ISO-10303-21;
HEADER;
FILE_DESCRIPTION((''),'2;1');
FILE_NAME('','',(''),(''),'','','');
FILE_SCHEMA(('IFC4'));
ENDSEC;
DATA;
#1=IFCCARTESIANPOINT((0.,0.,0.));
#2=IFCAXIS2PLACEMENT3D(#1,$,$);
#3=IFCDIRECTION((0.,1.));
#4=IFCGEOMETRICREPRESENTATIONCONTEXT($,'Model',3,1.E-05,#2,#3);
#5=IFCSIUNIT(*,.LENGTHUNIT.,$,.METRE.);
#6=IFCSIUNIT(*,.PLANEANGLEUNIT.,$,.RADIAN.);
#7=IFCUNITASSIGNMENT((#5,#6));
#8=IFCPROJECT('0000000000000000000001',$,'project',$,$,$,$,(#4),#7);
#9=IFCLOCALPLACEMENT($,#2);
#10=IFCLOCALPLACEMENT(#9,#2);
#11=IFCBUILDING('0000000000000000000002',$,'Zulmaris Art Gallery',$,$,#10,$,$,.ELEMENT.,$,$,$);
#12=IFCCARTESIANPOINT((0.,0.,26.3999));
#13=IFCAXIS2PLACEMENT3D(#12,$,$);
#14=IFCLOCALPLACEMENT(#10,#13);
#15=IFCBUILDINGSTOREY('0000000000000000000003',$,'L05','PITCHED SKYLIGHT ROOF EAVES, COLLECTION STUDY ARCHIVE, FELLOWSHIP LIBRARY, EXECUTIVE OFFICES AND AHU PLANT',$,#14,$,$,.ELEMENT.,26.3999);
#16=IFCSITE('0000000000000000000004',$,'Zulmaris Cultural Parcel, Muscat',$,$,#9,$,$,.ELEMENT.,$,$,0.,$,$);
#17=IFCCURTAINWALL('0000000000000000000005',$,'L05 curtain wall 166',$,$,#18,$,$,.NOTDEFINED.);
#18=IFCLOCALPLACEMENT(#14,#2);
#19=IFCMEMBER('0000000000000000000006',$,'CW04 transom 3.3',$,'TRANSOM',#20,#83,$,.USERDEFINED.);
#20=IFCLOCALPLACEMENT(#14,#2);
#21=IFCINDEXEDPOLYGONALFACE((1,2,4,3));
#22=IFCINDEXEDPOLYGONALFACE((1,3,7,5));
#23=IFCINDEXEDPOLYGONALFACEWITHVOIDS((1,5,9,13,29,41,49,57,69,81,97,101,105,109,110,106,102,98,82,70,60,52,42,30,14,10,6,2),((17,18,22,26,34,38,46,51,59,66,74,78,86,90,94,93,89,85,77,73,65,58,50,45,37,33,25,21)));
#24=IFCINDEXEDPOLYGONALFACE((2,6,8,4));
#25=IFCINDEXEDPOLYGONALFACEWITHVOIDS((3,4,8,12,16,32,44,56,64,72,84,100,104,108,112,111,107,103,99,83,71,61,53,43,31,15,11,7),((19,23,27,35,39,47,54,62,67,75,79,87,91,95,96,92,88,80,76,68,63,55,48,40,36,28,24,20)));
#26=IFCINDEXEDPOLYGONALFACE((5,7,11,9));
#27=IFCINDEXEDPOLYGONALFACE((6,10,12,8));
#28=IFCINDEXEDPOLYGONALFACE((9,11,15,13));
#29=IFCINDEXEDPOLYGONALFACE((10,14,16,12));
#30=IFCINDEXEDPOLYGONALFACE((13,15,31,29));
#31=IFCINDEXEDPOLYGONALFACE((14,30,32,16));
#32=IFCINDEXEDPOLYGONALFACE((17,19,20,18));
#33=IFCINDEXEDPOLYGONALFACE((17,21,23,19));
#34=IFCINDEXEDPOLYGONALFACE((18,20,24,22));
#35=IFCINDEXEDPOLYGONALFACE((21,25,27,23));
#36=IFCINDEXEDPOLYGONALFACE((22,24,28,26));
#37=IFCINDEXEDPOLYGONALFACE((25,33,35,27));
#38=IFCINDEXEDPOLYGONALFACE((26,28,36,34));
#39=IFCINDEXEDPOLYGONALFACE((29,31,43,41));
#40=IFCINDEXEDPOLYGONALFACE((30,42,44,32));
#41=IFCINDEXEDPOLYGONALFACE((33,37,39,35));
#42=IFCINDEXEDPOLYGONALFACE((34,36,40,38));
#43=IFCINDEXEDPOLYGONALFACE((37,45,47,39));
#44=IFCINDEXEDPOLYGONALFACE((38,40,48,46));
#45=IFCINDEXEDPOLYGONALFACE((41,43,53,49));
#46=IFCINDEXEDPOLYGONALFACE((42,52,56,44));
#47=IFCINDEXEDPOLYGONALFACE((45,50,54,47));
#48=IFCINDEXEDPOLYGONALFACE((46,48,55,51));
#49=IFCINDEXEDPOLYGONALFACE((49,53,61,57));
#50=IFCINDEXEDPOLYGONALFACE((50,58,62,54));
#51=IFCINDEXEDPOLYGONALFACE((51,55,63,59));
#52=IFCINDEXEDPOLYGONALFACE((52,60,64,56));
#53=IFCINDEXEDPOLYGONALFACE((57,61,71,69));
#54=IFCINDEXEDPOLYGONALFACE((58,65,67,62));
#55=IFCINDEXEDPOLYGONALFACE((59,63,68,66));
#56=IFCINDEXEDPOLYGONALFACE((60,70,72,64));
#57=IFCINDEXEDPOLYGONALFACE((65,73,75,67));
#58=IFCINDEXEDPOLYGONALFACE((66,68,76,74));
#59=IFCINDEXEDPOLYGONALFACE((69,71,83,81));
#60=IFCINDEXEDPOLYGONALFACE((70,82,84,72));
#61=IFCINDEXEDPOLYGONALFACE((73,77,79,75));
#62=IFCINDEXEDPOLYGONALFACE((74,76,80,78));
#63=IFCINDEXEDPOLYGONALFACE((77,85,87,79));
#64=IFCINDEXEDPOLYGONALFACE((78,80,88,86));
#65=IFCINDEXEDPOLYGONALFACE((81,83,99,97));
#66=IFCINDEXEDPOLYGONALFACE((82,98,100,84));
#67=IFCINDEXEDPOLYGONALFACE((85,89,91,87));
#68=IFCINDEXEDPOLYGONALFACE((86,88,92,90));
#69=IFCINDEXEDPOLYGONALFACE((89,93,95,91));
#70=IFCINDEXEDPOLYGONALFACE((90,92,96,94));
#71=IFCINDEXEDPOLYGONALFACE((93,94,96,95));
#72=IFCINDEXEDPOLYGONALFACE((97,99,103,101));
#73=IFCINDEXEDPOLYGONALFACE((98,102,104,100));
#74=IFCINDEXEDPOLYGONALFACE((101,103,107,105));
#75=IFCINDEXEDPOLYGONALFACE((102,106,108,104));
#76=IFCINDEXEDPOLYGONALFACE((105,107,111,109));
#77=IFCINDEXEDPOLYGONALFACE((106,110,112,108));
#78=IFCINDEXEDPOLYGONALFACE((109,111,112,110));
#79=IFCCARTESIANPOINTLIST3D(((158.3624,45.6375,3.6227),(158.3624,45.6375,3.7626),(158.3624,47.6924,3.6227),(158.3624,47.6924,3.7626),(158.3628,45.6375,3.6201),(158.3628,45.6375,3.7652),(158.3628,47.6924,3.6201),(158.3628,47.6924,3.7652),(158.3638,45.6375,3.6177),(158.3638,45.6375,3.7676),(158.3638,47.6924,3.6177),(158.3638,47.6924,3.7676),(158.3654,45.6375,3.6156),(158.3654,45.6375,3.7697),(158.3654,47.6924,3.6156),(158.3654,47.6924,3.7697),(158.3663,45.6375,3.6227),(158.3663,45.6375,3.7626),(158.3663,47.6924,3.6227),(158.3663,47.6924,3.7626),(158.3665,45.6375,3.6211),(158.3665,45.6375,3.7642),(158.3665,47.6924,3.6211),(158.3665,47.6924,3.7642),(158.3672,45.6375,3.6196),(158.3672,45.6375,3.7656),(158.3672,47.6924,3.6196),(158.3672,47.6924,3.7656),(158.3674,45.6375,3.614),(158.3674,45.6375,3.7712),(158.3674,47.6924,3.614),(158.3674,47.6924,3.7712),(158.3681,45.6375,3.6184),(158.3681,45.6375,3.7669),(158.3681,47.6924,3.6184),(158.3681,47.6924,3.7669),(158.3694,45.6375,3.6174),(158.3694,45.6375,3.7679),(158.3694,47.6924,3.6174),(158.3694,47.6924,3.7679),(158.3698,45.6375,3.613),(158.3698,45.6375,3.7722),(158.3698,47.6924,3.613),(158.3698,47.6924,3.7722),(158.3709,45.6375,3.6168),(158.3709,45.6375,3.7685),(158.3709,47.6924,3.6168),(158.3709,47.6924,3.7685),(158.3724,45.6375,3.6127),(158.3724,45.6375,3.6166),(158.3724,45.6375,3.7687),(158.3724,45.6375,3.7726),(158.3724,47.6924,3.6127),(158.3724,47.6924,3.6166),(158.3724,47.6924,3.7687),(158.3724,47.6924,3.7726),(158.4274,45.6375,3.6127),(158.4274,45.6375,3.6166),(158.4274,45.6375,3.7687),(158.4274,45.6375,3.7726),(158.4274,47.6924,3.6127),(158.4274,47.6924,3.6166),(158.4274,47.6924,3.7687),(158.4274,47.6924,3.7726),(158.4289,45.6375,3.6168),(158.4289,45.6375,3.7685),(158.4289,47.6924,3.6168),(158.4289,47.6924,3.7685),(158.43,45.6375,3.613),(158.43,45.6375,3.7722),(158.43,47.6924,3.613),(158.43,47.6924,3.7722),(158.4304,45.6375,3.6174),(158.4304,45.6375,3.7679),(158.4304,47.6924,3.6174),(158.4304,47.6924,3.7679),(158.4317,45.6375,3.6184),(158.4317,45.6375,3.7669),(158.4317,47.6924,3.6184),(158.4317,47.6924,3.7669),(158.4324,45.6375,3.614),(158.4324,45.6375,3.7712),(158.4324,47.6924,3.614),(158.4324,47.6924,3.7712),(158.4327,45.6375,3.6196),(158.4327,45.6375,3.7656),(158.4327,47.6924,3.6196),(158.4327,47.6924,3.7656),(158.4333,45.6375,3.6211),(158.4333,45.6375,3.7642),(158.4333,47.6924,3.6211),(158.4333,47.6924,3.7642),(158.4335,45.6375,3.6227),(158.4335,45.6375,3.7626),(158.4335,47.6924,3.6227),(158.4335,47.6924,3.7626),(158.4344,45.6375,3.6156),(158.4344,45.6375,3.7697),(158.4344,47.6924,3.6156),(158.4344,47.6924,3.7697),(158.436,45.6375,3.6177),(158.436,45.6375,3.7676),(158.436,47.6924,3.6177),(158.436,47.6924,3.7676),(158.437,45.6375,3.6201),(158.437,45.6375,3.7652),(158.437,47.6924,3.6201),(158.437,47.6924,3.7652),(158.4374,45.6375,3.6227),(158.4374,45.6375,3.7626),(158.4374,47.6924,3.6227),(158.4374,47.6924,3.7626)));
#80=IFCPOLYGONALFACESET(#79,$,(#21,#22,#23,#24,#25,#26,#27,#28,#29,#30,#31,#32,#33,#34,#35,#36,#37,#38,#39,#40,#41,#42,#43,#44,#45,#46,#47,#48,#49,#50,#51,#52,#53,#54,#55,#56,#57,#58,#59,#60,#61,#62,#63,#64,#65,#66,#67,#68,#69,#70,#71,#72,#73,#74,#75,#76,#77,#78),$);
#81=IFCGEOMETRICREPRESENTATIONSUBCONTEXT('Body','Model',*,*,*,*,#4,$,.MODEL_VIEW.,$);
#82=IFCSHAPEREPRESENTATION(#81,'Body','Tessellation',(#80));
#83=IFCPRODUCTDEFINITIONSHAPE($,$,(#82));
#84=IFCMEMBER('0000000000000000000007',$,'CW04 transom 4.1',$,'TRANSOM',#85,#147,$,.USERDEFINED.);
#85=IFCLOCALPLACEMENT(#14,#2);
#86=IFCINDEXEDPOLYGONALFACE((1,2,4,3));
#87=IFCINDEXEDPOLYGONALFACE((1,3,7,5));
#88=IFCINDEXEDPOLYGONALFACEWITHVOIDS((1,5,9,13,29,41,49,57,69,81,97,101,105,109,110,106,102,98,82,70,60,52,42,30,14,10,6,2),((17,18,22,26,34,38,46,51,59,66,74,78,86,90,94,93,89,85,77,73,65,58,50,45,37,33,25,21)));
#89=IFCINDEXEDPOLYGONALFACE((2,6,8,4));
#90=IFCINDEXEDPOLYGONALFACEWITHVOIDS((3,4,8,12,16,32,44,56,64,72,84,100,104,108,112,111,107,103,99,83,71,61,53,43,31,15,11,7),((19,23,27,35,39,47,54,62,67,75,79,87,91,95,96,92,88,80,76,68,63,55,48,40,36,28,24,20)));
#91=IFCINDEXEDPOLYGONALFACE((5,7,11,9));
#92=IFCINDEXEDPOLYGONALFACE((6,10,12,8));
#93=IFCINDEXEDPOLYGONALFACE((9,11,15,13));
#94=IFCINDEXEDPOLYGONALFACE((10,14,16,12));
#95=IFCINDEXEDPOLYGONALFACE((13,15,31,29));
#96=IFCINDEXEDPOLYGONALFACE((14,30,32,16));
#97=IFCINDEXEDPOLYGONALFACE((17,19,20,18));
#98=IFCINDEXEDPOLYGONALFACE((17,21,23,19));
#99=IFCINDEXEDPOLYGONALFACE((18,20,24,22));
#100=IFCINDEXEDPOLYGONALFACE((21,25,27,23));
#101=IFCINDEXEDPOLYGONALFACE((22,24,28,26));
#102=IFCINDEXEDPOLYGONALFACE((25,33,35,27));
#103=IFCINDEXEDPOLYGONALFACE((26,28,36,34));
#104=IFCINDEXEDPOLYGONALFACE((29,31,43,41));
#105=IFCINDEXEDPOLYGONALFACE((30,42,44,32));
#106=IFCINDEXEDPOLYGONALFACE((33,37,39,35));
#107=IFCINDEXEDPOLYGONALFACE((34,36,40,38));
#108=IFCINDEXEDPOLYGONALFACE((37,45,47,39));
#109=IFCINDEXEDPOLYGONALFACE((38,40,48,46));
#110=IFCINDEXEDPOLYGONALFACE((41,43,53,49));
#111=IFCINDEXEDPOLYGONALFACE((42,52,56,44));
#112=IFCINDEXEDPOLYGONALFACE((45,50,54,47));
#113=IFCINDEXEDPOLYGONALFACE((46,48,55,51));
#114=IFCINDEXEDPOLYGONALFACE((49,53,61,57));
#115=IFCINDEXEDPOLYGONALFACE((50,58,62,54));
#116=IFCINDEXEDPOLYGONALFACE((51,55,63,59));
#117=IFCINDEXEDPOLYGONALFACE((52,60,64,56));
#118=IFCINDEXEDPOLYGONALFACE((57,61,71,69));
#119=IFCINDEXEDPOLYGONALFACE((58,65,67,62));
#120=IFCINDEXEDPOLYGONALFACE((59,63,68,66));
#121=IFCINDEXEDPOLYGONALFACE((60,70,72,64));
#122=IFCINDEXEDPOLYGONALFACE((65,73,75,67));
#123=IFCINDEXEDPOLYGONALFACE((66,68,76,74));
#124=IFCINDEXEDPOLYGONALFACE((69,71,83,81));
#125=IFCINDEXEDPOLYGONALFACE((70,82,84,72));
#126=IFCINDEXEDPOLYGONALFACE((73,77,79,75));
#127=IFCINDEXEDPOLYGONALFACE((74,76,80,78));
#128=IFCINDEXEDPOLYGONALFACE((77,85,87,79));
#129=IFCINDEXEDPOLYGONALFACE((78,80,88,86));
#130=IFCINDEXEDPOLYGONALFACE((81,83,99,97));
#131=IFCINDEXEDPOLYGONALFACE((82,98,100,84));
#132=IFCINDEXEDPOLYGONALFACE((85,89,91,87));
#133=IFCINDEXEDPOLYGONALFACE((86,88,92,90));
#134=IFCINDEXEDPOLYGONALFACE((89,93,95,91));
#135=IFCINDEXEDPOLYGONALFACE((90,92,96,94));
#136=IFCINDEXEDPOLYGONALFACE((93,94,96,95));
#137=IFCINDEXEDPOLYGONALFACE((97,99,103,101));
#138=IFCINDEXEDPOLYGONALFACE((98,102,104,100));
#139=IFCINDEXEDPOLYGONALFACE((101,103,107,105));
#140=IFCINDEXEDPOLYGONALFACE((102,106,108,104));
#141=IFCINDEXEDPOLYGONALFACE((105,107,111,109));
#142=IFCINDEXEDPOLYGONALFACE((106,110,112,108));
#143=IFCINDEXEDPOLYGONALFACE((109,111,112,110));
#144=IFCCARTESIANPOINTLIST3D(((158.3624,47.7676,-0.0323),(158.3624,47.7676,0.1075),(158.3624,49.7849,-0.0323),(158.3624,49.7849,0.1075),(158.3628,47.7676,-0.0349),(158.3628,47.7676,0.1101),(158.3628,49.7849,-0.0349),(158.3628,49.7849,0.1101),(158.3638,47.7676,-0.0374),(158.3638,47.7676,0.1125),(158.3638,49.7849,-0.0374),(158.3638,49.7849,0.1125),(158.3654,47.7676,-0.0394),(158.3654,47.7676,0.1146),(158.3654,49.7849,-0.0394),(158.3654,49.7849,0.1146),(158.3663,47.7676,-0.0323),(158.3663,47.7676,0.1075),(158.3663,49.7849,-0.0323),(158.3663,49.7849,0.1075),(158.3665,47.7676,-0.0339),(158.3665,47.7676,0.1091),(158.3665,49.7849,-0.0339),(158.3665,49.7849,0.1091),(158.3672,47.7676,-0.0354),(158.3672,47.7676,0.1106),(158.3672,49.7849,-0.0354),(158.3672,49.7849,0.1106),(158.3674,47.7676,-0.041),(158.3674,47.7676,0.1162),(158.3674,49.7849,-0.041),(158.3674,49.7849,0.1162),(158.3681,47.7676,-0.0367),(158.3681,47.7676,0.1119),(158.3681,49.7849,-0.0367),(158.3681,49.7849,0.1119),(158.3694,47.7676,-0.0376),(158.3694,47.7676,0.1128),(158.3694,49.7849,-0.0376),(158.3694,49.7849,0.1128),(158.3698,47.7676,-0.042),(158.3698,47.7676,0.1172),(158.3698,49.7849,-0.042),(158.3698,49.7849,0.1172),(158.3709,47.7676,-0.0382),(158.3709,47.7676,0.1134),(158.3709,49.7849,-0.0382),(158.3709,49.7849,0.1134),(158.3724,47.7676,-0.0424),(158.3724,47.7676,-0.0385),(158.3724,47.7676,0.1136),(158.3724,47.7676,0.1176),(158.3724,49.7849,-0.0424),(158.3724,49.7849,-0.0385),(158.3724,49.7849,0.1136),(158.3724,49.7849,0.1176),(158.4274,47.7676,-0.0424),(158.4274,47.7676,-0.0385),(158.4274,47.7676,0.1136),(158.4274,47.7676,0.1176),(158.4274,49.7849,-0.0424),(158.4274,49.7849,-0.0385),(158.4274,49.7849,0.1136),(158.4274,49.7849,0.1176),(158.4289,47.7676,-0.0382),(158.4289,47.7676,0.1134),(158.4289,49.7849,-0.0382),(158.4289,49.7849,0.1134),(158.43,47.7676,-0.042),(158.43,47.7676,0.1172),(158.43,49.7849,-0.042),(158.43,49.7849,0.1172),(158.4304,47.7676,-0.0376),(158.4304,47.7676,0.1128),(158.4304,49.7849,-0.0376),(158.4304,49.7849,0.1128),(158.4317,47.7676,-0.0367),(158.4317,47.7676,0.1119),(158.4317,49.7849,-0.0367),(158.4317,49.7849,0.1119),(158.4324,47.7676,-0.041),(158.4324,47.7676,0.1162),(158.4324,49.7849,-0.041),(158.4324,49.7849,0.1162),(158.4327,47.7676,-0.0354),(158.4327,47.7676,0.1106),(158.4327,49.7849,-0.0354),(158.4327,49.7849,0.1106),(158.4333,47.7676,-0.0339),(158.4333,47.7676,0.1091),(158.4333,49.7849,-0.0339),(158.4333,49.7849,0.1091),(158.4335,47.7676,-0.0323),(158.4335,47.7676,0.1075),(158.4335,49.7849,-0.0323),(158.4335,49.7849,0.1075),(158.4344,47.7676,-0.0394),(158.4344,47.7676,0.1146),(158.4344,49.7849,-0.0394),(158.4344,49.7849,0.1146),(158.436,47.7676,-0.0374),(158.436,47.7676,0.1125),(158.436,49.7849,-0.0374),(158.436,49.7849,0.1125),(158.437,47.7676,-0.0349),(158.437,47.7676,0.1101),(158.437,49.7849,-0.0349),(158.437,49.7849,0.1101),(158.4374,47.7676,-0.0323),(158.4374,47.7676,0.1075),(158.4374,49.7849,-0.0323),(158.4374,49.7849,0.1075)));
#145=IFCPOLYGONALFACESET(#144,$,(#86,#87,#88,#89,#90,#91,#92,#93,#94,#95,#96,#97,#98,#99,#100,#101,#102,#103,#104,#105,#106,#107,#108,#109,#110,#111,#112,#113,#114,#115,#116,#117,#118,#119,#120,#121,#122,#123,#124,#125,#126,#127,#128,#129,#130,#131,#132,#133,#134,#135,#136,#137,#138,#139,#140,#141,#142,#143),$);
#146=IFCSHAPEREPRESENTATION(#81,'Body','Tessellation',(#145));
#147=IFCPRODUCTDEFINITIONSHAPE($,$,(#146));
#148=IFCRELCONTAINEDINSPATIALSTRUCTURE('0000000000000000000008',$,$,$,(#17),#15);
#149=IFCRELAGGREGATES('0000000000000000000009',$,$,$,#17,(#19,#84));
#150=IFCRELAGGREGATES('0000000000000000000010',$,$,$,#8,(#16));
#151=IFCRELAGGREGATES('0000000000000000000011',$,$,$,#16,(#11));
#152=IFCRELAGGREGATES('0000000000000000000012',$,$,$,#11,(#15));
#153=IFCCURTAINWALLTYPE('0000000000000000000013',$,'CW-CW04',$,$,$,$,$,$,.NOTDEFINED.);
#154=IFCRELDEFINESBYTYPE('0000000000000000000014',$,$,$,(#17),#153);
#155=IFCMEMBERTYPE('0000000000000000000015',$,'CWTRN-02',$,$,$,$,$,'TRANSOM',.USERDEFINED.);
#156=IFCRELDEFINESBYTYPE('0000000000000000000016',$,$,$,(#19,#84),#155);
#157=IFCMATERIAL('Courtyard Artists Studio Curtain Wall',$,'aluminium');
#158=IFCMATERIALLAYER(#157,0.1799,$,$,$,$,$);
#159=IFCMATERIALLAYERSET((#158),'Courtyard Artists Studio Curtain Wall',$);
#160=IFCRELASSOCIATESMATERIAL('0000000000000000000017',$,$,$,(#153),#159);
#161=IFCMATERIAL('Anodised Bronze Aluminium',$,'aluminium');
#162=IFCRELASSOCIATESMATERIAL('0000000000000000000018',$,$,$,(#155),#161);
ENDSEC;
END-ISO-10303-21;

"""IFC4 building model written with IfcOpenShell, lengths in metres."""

from ifc_helpers import new_model, si_unit, direction, frame, origin, origin_2d, place, context, subcontext, project, spatial, hollow_rectangle, extrude, material, layer, layer_set, material_profile, profile_set, type_object, element, aggregate, save


model = new_model("IFC4")

# Units and contexts
model_context = context("Model", 3, precision=1e-05, world=origin(), true_north=direction((0.0, 1.0)))
body_context = subcontext(model_context, "Body", "Model", "MODEL_VIEW")
ifc_project = project(units=[si_unit("LENGTHUNIT", "METRE"), si_unit("PLANEANGLEUNIT", "RADIAN")], contexts=[model_context])

# Site, building, storey
site_placement = place(None, origin())
site = spatial("IfcSite", under=ifc_project, at=site_placement, Name="Zulmaris Cultural Parcel, Muscat", CompositionType="ELEMENT", RefElevation=0.0)
building_placement = place(site_placement, origin())
building = spatial("IfcBuilding", under=site, at=building_placement, Name="Zulmaris Art Gallery", CompositionType="ELEMENT")
storey_placement = place(building_placement, frame((0.0, 0.0, 26.3999)))
storey = spatial("IfcBuildingStorey", under=building, at=storey_placement, Name="L05", Description="PITCHED SKYLIGHT ROOF EAVES, COLLECTION STUDY ARCHIVE, FELLOWSHIP LIBRARY, EXECUTIVE OFFICES AND AHU PLANT", CompositionType="ELEMENT", Elevation=26.3999)

# Shared definitions
ifc_material_1 = material(Name="Courtyard Artists Studio Curtain Wall", Category="aluminium")
ifc_layer_1 = layer(ifc_material_1, 0.1799)
ifc_layer_set_1 = layer_set([ifc_layer_1], Name="Courtyard Artists Studio Curtain Wall")
curtain_wall_type = type_object("IfcCurtainWallType", Name="CW-CW04", PredefinedType="NOTDEFINED", material=ifc_layer_set_1)
ifc_material_2 = material(Name="Anodised Bronze Aluminium", Category="aluminium")

# Curtain wall
curtain_wall_1_placement = place(storey_placement, origin())
curtain_wall_1 = element("IfcCurtainWall", 1, at=curtain_wall_1_placement, inside=storey, type_object=curtain_wall_type, Name="L05 curtain wall 166", PredefinedType="NOTDEFINED")

# Members
ifc_material_profile_1 = material_profile(ifc_material_2, hollow_rectangle(XDim=0.075, YDim=0.1599, WallThickness=0.0039, InnerFilletRadius=0.0061, OuterFilletRadius=0.01, at=origin_2d()), Name="ALU 75x160x4")
ifc_profile_set_1 = profile_set([ifc_material_profile_1], Name="Anodised Bronze Aluminium")
member_type_1 = type_object("IfcMemberType", Name="CWTRN-02", ElementType="TRANSOM", PredefinedType="USERDEFINED", material=ifc_profile_set_1)
member_1_placement = place(storey_placement, frame((158.3999, 45.6375, 3.6926), z_axis=(0.0, 1.0, 0.0), x_axis=(-1.0, 0.0, 0.0)))
member_1 = element("IfcMember", 2, at=member_1_placement, type_object=member_type_1, Name="CW04 transom 3.3", ObjectType="TRANSOM", PredefinedType="USERDEFINED", context=body_context, shape_type="SweptSolid", body=[
    extrude(hollow_rectangle(XDim=0.075, YDim=0.1599, WallThickness=0.0039, InnerFilletRadius=0.0061, OuterFilletRadius=0.01, at=origin_2d()), origin(), (0.0, 0.0, 1.0), 2.0549),
])
member_2_placement = place(storey_placement, frame((158.3999, 47.7676, 0.0376), z_axis=(0.0, 1.0, 0.0), x_axis=(-1.0, 0.0, 0.0)))
member_2 = element("IfcMember", 3, at=member_2_placement, type_object=member_type_1, Name="CW04 transom 4.1", ObjectType="TRANSOM", PredefinedType="USERDEFINED", context=body_context, shape_type="SweptSolid", body=[
    extrude(hollow_rectangle(XDim=0.075, YDim=0.1599, WallThickness=0.0039, InnerFilletRadius=0.0061, OuterFilletRadius=0.01, at=origin_2d()), origin(), (0.0, 0.0, 1.0), 2.0173),
])

aggregate(curtain_wall_1, [member_1, member_2])

save(model, "model.ifc")
